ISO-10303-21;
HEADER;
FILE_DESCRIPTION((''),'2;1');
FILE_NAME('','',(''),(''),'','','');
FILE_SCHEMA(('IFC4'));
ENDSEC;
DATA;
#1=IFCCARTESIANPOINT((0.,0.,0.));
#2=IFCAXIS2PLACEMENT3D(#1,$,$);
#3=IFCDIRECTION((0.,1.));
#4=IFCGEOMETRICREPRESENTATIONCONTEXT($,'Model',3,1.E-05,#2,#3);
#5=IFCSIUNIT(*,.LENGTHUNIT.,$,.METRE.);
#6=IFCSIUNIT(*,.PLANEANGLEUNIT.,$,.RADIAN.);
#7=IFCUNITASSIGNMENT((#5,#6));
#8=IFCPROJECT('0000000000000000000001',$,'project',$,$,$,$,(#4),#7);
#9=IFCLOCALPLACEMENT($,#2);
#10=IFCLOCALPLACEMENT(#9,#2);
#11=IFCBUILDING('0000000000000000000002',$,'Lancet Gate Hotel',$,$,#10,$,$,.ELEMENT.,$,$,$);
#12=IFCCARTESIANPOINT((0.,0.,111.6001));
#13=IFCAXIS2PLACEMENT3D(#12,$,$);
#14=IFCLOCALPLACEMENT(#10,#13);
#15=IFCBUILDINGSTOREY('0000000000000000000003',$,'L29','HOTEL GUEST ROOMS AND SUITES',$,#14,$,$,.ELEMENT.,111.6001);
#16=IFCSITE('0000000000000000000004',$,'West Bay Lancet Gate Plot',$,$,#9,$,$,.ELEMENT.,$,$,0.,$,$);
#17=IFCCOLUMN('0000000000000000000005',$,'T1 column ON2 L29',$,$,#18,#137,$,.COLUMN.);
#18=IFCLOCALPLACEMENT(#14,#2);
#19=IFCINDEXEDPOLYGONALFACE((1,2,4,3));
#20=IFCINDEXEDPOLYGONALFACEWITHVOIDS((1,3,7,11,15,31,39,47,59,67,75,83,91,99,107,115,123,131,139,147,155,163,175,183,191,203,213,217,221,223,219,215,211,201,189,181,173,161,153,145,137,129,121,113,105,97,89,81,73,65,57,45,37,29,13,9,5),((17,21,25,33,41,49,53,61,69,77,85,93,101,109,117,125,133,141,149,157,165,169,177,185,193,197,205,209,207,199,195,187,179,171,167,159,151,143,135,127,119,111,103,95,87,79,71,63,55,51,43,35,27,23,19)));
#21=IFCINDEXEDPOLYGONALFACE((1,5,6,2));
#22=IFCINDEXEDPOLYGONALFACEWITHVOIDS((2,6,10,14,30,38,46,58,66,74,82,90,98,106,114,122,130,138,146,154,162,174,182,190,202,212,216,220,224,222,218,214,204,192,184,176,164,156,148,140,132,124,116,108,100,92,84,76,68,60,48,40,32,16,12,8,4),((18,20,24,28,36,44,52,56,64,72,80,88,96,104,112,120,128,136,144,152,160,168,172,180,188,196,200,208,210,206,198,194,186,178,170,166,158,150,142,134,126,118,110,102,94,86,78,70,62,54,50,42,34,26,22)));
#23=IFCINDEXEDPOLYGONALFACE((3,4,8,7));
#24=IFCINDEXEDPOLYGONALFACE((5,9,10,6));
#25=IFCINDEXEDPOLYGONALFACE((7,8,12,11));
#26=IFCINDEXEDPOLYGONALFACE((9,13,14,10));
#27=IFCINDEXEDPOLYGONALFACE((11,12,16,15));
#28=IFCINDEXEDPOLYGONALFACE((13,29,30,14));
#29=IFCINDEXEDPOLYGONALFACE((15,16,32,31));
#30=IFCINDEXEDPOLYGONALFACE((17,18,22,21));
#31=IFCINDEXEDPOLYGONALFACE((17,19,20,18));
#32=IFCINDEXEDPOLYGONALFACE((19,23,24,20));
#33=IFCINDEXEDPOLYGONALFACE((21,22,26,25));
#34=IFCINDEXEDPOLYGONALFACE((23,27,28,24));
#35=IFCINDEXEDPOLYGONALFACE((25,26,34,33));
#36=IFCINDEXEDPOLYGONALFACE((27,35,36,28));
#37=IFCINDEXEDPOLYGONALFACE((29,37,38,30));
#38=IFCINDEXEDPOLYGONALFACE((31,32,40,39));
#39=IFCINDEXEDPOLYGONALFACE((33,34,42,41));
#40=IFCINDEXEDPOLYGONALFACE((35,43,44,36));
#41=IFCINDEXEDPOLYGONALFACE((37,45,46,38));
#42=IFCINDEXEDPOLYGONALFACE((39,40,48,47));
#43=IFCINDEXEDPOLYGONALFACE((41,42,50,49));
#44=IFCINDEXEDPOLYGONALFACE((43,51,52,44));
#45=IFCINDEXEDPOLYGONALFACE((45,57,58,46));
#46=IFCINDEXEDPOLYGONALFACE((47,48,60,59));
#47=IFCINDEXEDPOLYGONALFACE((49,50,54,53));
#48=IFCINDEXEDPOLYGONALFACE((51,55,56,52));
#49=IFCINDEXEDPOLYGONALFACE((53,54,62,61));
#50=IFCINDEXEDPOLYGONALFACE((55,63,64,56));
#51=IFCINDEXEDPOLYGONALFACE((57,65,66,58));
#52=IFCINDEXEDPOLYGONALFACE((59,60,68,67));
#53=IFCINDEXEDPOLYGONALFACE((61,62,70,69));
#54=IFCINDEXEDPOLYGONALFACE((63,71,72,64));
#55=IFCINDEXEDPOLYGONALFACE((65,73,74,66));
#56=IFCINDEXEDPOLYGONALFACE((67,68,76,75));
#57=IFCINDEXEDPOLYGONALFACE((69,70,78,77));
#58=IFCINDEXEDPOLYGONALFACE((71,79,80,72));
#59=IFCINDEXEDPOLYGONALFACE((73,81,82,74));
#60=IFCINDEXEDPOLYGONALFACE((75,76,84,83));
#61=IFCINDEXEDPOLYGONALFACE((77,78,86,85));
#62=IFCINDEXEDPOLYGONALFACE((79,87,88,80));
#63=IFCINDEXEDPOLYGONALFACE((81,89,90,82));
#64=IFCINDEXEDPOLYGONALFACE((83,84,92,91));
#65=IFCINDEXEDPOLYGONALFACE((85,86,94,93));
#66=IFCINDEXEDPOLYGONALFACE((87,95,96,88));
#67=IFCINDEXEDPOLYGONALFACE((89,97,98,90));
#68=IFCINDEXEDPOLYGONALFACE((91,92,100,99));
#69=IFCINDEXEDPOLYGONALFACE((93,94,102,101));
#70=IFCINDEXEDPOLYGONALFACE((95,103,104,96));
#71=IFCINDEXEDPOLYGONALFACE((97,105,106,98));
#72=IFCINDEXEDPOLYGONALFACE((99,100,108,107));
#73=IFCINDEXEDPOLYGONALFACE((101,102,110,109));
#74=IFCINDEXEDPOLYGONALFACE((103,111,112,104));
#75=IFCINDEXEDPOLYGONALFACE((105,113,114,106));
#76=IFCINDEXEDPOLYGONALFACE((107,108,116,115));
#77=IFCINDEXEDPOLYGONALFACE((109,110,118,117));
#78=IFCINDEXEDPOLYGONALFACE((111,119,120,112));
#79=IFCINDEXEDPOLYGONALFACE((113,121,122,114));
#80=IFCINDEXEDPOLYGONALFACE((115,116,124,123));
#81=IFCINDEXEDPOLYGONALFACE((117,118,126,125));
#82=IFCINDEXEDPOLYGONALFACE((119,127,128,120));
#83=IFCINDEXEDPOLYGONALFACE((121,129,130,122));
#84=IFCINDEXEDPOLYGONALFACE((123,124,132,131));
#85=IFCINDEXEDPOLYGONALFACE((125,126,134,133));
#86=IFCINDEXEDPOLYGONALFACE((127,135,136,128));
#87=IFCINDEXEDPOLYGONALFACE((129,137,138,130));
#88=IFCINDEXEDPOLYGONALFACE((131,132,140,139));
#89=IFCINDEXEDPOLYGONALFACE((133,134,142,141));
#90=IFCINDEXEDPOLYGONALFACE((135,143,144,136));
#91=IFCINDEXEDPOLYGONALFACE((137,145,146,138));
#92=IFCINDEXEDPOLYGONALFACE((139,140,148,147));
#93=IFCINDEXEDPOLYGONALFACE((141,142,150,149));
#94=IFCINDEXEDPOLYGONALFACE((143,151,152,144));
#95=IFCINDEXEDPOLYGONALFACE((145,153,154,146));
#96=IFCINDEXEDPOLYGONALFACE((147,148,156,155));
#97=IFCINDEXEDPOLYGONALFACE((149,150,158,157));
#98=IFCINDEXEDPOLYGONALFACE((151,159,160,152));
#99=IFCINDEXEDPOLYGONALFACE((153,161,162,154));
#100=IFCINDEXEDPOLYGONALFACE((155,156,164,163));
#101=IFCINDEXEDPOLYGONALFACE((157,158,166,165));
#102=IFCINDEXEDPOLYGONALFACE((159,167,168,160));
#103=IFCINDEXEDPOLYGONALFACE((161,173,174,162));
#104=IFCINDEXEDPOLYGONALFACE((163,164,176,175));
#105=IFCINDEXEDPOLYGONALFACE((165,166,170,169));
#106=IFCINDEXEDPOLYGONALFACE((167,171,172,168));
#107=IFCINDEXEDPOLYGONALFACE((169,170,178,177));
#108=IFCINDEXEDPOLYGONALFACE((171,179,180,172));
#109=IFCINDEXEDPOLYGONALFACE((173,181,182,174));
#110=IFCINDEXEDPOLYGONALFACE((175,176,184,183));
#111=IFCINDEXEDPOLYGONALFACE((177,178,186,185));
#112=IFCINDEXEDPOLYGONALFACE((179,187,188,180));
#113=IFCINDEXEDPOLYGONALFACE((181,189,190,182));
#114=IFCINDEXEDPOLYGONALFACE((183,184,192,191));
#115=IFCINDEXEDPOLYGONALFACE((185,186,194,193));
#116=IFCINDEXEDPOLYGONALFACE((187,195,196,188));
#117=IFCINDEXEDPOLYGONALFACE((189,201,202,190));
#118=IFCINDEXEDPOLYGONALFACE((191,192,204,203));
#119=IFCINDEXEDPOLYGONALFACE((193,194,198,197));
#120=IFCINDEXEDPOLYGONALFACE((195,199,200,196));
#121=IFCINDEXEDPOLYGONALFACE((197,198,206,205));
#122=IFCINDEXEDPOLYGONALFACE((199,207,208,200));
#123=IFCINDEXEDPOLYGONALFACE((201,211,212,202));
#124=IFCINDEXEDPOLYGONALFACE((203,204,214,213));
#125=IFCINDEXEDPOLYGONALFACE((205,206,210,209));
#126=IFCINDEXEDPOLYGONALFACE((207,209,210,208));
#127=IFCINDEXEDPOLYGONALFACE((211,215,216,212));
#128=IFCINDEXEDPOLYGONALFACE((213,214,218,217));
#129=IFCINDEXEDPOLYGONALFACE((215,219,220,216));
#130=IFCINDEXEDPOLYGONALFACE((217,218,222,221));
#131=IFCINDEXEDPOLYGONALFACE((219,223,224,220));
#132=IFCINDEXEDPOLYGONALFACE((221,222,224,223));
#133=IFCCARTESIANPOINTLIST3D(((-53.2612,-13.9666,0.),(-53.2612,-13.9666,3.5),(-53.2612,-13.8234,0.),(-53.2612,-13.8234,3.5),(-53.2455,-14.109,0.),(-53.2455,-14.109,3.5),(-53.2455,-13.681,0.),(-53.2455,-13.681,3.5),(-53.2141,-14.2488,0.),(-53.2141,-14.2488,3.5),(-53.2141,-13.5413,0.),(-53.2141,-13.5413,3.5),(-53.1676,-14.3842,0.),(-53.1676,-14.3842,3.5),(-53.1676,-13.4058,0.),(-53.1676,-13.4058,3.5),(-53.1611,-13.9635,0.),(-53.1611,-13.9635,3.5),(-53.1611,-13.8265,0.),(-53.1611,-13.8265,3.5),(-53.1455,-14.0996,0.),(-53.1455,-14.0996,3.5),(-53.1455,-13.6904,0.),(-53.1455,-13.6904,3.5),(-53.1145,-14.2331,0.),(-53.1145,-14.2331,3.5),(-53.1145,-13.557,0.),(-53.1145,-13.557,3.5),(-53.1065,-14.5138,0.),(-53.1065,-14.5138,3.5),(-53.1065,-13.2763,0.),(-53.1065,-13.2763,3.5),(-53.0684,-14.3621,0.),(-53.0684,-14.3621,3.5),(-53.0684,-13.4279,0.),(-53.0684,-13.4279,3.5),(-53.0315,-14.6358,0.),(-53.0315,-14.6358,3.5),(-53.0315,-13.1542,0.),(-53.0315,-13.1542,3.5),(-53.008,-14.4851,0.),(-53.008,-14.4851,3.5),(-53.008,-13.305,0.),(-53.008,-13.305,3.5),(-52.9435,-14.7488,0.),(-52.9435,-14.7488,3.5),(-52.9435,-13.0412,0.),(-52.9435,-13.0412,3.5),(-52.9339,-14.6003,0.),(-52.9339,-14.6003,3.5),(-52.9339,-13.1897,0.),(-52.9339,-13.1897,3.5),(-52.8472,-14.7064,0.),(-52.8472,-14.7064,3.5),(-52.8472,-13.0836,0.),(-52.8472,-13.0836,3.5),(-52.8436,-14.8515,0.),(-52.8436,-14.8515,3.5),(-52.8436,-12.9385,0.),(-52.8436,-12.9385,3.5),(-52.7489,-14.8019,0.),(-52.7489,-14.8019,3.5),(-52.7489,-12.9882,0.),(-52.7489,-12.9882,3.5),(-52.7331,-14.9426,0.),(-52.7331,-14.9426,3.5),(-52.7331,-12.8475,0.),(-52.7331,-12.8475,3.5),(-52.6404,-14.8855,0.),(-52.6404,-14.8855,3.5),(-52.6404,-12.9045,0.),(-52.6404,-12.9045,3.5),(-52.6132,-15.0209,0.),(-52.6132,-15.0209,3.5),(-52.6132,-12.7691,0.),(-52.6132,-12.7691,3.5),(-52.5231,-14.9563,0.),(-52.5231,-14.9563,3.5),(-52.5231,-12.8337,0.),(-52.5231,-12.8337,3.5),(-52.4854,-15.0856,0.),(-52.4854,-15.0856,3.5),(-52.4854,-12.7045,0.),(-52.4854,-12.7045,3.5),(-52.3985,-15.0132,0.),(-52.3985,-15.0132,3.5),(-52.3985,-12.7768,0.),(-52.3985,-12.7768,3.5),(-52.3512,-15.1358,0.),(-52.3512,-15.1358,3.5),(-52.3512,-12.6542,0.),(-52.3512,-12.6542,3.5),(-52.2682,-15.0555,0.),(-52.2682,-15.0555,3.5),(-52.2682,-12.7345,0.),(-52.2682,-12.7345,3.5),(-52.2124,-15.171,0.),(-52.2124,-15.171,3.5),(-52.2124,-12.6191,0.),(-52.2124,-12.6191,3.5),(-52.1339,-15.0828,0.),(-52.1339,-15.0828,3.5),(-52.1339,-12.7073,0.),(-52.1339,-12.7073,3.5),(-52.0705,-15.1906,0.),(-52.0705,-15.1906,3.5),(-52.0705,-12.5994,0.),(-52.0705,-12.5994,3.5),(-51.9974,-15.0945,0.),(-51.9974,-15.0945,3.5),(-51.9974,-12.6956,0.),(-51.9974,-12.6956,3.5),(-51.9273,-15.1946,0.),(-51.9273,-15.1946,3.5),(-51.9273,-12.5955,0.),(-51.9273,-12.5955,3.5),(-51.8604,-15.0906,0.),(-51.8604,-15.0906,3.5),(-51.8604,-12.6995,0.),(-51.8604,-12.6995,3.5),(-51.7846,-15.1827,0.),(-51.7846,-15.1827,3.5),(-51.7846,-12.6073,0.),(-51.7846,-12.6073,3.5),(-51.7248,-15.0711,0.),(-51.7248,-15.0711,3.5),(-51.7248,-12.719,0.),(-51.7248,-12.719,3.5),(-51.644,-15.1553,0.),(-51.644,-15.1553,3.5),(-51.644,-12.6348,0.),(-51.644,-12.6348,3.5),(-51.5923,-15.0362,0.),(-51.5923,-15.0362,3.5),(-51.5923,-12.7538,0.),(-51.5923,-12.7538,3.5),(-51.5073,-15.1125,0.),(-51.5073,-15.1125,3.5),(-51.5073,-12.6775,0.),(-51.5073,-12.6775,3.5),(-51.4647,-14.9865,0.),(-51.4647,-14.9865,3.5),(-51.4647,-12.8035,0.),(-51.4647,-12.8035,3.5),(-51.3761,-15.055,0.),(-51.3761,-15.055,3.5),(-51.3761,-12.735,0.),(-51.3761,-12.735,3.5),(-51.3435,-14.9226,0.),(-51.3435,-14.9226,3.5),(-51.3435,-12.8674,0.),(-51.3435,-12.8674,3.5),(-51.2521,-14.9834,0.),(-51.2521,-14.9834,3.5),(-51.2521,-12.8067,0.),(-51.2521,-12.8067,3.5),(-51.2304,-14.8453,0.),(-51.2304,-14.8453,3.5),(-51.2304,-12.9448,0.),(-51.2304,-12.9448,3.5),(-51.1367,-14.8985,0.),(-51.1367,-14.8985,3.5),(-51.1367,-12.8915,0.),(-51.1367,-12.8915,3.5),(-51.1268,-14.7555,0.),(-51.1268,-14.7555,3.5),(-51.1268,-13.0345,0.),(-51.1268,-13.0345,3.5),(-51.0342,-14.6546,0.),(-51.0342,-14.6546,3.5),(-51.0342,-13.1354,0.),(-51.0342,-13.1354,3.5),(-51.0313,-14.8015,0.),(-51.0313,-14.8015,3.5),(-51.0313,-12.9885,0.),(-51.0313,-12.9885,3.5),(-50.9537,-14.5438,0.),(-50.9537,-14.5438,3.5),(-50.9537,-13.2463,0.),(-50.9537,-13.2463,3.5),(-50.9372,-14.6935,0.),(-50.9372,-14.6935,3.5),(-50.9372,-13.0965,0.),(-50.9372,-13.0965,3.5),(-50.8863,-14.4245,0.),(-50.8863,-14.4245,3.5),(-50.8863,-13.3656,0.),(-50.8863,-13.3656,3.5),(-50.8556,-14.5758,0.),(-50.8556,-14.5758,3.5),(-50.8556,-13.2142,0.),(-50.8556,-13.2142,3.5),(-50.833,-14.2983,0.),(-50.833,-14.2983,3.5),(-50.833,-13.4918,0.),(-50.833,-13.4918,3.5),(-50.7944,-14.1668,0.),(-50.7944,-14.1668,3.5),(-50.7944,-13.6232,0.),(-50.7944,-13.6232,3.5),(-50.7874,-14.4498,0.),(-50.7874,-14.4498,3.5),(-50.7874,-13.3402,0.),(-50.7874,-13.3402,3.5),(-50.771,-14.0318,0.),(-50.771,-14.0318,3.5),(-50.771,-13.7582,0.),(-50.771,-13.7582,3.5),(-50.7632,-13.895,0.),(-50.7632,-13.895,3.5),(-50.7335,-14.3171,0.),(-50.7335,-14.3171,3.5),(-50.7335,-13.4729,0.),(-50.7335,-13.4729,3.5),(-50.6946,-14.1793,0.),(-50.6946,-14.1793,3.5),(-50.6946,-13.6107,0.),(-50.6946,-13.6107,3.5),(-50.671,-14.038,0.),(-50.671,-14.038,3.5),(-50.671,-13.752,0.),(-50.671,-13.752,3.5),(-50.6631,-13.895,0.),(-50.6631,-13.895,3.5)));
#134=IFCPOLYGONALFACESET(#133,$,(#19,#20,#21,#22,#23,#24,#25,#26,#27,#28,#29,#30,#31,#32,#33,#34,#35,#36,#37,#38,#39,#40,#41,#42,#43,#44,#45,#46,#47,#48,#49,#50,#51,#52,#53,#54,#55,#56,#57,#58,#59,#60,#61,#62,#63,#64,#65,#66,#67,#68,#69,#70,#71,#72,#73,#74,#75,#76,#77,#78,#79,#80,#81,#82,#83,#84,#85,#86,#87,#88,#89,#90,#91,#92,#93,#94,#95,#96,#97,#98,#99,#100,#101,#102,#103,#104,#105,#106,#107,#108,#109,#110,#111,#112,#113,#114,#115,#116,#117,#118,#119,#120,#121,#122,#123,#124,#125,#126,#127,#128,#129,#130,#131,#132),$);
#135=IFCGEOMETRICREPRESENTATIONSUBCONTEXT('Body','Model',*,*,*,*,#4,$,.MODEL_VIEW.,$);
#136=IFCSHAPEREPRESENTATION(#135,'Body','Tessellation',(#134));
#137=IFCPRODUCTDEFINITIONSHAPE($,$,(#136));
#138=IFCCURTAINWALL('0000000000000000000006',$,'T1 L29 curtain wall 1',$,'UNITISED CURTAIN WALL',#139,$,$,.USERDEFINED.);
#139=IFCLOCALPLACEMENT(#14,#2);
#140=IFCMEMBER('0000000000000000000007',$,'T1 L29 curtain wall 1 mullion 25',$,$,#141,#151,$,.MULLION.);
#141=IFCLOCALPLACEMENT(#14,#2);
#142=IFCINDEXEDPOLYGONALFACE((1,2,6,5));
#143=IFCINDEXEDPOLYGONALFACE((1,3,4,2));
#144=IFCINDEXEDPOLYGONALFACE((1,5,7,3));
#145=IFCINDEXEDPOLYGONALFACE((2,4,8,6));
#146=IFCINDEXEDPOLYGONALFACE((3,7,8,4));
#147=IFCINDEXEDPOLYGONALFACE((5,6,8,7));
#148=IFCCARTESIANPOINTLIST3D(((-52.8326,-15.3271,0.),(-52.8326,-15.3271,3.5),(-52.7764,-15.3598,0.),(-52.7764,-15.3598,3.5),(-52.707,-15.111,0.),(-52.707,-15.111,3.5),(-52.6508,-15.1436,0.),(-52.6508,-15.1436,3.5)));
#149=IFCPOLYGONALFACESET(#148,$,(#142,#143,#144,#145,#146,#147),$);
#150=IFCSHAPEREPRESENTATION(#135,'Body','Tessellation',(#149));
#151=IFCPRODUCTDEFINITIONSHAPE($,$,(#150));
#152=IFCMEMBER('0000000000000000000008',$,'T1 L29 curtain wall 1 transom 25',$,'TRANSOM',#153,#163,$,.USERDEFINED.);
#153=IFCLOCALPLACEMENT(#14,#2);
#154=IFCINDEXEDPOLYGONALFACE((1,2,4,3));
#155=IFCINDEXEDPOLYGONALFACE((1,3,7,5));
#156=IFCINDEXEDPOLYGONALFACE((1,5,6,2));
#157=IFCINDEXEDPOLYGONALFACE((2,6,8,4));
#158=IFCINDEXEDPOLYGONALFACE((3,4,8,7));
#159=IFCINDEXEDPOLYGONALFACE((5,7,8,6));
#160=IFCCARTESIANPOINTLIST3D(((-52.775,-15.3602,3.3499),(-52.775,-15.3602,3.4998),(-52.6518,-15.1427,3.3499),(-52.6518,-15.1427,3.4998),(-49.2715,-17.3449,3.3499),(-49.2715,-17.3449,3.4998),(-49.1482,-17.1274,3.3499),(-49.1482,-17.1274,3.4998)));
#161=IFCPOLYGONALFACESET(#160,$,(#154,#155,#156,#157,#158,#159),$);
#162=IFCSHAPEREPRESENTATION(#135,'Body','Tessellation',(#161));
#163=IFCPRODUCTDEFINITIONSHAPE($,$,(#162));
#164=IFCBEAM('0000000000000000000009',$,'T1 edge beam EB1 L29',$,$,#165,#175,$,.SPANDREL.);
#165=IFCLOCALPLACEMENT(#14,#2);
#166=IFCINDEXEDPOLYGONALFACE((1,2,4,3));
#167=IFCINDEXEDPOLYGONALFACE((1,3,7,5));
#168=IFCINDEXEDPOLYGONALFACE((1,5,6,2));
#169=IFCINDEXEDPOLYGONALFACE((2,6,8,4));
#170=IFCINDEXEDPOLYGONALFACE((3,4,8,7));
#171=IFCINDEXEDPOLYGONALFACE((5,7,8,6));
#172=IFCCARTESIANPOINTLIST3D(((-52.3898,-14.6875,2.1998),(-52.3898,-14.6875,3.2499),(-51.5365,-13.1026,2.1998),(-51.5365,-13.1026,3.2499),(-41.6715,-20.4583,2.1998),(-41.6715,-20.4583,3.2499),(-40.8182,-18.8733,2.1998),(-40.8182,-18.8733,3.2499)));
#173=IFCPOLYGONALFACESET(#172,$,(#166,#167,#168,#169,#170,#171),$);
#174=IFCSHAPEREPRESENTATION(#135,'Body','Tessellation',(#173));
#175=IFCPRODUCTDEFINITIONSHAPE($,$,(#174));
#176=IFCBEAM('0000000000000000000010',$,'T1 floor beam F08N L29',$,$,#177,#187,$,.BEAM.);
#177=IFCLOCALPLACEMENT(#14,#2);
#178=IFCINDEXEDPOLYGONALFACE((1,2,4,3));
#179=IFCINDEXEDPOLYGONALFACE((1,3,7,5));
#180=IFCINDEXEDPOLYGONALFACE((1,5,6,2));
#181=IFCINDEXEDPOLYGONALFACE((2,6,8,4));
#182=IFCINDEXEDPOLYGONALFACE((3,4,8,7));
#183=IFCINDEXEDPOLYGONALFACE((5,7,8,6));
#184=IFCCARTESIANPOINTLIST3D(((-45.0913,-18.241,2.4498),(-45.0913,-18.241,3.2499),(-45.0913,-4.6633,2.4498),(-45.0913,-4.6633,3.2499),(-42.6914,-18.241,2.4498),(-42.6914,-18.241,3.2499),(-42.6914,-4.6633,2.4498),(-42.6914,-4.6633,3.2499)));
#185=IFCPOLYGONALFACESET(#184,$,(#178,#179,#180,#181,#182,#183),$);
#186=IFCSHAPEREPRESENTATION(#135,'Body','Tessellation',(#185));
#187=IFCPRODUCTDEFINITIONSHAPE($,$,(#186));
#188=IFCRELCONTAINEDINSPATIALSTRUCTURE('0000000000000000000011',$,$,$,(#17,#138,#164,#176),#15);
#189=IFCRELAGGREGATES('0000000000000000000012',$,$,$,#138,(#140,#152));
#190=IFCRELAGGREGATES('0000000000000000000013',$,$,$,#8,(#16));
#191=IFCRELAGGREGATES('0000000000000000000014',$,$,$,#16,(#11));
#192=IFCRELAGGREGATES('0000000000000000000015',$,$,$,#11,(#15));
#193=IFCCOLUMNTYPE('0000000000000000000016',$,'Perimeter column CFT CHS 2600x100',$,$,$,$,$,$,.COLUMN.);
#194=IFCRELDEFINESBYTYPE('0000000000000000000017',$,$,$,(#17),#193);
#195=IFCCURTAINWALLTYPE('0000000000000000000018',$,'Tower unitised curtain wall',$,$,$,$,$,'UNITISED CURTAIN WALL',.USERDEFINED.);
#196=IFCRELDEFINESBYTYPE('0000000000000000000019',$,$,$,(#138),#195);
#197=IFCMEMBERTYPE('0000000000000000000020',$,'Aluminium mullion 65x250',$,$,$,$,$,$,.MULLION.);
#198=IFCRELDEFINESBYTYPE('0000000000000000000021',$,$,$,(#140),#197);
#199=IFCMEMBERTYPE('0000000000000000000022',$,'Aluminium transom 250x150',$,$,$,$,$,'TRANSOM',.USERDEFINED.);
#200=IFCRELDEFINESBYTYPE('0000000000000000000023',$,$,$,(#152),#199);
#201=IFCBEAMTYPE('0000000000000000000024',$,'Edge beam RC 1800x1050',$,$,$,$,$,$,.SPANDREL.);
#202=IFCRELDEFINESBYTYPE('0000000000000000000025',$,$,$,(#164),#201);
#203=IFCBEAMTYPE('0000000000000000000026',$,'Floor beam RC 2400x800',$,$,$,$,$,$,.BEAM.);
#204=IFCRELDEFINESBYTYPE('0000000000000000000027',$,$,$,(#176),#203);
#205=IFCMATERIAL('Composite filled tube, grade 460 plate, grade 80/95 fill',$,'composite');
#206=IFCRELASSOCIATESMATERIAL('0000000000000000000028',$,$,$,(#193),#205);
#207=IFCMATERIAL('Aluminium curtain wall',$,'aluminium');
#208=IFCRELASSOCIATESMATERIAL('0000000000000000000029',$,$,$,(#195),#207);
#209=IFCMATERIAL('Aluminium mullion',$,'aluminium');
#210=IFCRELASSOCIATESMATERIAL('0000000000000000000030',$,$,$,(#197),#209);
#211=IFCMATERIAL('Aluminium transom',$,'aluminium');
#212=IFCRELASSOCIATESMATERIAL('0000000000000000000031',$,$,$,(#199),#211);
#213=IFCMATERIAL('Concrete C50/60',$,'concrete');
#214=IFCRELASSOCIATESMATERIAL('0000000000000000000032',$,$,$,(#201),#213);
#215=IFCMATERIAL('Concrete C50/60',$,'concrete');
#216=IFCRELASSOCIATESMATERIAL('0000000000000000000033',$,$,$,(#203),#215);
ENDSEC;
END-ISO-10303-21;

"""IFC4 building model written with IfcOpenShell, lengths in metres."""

from ifc_helpers import new_model, si_unit, direction, frame, origin, origin_2d, place, context, subcontext, project, spatial, rectangle, hollow_circle, extrude, material, material_profile, profile_set, type_object, element, aggregate, save


model = new_model("IFC4")

# Units and contexts
model_context = context("Model", 3, precision=1e-05, world=origin(), true_north=direction((0.0, 1.0)))
body_context = subcontext(model_context, "Body", "Model", "MODEL_VIEW")
ifc_project = project(units=[si_unit("LENGTHUNIT", "METRE"), si_unit("PLANEANGLEUNIT", "RADIAN")], contexts=[model_context])

# Site, building, storey
site_placement = place(None, origin())
site = spatial("IfcSite", under=ifc_project, at=site_placement, Name="West Bay Lancet Gate Plot", CompositionType="ELEMENT", RefElevation=0.0)
building_placement = place(site_placement, origin())
building = spatial("IfcBuilding", under=site, at=building_placement, Name="Lancet Gate Hotel", CompositionType="ELEMENT")
storey_placement = place(building_placement, frame((0.0, 0.0, 111.6001)))
storey = spatial("IfcBuildingStorey", under=building, at=storey_placement, Name="L29", Description="HOTEL GUEST ROOMS AND SUITES", CompositionType="ELEMENT", Elevation=111.6001)

# Column
ifc_material_1 = material(Name="Composite filled tube, grade 460 plate, grade 80/95 fill", Category="composite")
ifc_material_profile_1 = material_profile(ifc_material_1, hollow_circle(Radius=1.3, WallThickness=0.1001, at=origin_2d()), Name="CHS 2600x100")
ifc_profile_set_1 = profile_set([ifc_material_profile_1], Name="Composite filled tube, grade 460 plate, grade 80/95 fill")
column_type = type_object("IfcColumnType", Name="Perimeter column CFT CHS 2600x100", PredefinedType="COLUMN", material=ifc_profile_set_1)
column_placement = place(storey_placement, frame((-51.9631, -13.895, 0.0), z_axis=(0.0, 0.0, 1.0), x_axis=(1.0, 0.0, 0.0)))
element("IfcColumn", 1, at=column_placement, inside=storey, type_object=column_type, Name="T1 column ON2 L29", PredefinedType="COLUMN", context=body_context, shape_type="SweptSolid", body=[
    extrude(hollow_circle(Radius=1.3, WallThickness=0.1001, at=origin_2d()), origin(), (0.0, 0.0, 1.0), 3.5),
])

# Curtain wall, members
ifc_material_2 = material(Name="Aluminium curtain wall", Category="aluminium")
curtain_wall_type = type_object("IfcCurtainWallType", Name="Tower unitised curtain wall", ElementType="UNITISED CURTAIN WALL", PredefinedType="USERDEFINED", material=ifc_material_2)
curtain_wall_placement = place(storey_placement, origin())
curtain_wall = element("IfcCurtainWall", 2, at=curtain_wall_placement, inside=storey, type_object=curtain_wall_type, Name="T1 L29 curtain wall 1", ObjectType="UNITISED CURTAIN WALL", PredefinedType="USERDEFINED")
ifc_material_3 = material(Name="Aluminium mullion", Category="aluminium")
ifc_material_profile_2 = material_profile(ifc_material_3, rectangle(XDim=0.0649, YDim=0.25, at=origin_2d()), Name="MULLION 65x250")
ifc_profile_set_2 = profile_set([ifc_material_profile_2], Name="Aluminium mullion")
member_type_1 = type_object("IfcMemberType", Name="Aluminium mullion 65x250", PredefinedType="MULLION", material=ifc_profile_set_2)
member_1_placement = place(storey_placement, frame((-52.7417, -15.2354, 0.0), z_axis=(0.0, 0.0, 1.0), x_axis=(0.864728, -0.502241, 0.0)))
member_1 = element("IfcMember", 3, at=member_1_placement, type_object=member_type_1, Name="T1 L29 curtain wall 1 mullion 25", PredefinedType="MULLION", context=body_context, shape_type="SweptSolid", body=[
    extrude(rectangle(XDim=0.0649, YDim=0.25, at=origin_2d()), origin(), (0.0, 0.0, 1.0), 3.5),
])
ifc_material_4 = material(Name="Aluminium transom", Category="aluminium")
ifc_material_profile_3 = material_profile(ifc_material_4, rectangle(XDim=0.25, YDim=0.1499, at=origin_2d()), Name="TRANSOM 250x150")
ifc_profile_set_3 = profile_set([ifc_material_profile_3], Name="Aluminium transom")
member_type_2 = type_object("IfcMemberType", Name="Aluminium transom 250x150", ElementType="TRANSOM", PredefinedType="USERDEFINED", material=ifc_profile_set_3)
member_2_placement = place(storey_placement, frame((-52.7134, -15.2515, 3.4248), z_axis=(0.870092, -0.49289, 0.0), x_axis=(0.49289, 0.870092, 0.0)))
member_2 = element("IfcMember", 4, at=member_2_placement, type_object=member_type_2, Name="T1 L29 curtain wall 1 transom 25", ObjectType="TRANSOM", PredefinedType="USERDEFINED", context=body_context, shape_type="SweptSolid", body=[
    extrude(rectangle(XDim=0.25, YDim=0.1499, at=origin_2d()), origin(), (0.0, 0.0, 1.0), 4.0266),
])
aggregate(curtain_wall, [member_1, member_2])

# Beams
ifc_material_5 = material(Name="Concrete C50/60", Category="concrete")
ifc_material_profile_4 = material_profile(ifc_material_5, rectangle(XDim=1.8, YDim=1.05, at=origin_2d()), Name="RC 1800x1050")
ifc_profile_set_4 = profile_set([ifc_material_profile_4], Name="Concrete C50/60")
beam_type_1 = type_object("IfcBeamType", Name="Edge beam RC 1800x1050", PredefinedType="SPANDREL", material=ifc_profile_set_4)
beam_1_placement = place(storey_placement, frame((-51.9631, -13.895, 2.7249), z_axis=(0.880492, -0.47406, 0.0), x_axis=(0.47406, 0.880492, 0.0)))
element("IfcBeam", 5, at=beam_1_placement, inside=storey, type_object=beam_type_1, Name="T1 edge beam EB1 L29", PredefinedType="SPANDREL", context=body_context, shape_type="SweptSolid", body=[
    extrude(rectangle(XDim=1.8, YDim=1.05, at=origin_2d()), origin(), (0.0, 0.0, 1.0), 12.1731),
])
ifc_material_6 = material(Name="Concrete C50/60", Category="concrete")
ifc_material_profile_5 = material_profile(ifc_material_6, rectangle(XDim=2.3999, YDim=0.8, at=origin_2d()), Name="RC 2400x800")
ifc_profile_set_5 = profile_set([ifc_material_profile_5], Name="Concrete C50/60")
beam_type_2 = type_object("IfcBeamType", Name="Floor beam RC 2400x800", PredefinedType="BEAM", material=ifc_profile_set_5)
beam_2_placement = place(storey_placement, frame((-43.8914, -4.6633, 2.8499), z_axis=(0.0, -1.0, 0.0), x_axis=(1.0, 0.0, 0.0)))
element("IfcBeam", 6, at=beam_2_placement, inside=storey, type_object=beam_type_2, Name="T1 floor beam F08N L29", PredefinedType="BEAM", context=body_context, shape_type="SweptSolid", body=[
    extrude(rectangle(XDim=2.3999, YDim=0.8, at=origin_2d()), origin(), (0.0, 0.0, 1.0), 13.5776),
])

save(model, "model.ifc")
